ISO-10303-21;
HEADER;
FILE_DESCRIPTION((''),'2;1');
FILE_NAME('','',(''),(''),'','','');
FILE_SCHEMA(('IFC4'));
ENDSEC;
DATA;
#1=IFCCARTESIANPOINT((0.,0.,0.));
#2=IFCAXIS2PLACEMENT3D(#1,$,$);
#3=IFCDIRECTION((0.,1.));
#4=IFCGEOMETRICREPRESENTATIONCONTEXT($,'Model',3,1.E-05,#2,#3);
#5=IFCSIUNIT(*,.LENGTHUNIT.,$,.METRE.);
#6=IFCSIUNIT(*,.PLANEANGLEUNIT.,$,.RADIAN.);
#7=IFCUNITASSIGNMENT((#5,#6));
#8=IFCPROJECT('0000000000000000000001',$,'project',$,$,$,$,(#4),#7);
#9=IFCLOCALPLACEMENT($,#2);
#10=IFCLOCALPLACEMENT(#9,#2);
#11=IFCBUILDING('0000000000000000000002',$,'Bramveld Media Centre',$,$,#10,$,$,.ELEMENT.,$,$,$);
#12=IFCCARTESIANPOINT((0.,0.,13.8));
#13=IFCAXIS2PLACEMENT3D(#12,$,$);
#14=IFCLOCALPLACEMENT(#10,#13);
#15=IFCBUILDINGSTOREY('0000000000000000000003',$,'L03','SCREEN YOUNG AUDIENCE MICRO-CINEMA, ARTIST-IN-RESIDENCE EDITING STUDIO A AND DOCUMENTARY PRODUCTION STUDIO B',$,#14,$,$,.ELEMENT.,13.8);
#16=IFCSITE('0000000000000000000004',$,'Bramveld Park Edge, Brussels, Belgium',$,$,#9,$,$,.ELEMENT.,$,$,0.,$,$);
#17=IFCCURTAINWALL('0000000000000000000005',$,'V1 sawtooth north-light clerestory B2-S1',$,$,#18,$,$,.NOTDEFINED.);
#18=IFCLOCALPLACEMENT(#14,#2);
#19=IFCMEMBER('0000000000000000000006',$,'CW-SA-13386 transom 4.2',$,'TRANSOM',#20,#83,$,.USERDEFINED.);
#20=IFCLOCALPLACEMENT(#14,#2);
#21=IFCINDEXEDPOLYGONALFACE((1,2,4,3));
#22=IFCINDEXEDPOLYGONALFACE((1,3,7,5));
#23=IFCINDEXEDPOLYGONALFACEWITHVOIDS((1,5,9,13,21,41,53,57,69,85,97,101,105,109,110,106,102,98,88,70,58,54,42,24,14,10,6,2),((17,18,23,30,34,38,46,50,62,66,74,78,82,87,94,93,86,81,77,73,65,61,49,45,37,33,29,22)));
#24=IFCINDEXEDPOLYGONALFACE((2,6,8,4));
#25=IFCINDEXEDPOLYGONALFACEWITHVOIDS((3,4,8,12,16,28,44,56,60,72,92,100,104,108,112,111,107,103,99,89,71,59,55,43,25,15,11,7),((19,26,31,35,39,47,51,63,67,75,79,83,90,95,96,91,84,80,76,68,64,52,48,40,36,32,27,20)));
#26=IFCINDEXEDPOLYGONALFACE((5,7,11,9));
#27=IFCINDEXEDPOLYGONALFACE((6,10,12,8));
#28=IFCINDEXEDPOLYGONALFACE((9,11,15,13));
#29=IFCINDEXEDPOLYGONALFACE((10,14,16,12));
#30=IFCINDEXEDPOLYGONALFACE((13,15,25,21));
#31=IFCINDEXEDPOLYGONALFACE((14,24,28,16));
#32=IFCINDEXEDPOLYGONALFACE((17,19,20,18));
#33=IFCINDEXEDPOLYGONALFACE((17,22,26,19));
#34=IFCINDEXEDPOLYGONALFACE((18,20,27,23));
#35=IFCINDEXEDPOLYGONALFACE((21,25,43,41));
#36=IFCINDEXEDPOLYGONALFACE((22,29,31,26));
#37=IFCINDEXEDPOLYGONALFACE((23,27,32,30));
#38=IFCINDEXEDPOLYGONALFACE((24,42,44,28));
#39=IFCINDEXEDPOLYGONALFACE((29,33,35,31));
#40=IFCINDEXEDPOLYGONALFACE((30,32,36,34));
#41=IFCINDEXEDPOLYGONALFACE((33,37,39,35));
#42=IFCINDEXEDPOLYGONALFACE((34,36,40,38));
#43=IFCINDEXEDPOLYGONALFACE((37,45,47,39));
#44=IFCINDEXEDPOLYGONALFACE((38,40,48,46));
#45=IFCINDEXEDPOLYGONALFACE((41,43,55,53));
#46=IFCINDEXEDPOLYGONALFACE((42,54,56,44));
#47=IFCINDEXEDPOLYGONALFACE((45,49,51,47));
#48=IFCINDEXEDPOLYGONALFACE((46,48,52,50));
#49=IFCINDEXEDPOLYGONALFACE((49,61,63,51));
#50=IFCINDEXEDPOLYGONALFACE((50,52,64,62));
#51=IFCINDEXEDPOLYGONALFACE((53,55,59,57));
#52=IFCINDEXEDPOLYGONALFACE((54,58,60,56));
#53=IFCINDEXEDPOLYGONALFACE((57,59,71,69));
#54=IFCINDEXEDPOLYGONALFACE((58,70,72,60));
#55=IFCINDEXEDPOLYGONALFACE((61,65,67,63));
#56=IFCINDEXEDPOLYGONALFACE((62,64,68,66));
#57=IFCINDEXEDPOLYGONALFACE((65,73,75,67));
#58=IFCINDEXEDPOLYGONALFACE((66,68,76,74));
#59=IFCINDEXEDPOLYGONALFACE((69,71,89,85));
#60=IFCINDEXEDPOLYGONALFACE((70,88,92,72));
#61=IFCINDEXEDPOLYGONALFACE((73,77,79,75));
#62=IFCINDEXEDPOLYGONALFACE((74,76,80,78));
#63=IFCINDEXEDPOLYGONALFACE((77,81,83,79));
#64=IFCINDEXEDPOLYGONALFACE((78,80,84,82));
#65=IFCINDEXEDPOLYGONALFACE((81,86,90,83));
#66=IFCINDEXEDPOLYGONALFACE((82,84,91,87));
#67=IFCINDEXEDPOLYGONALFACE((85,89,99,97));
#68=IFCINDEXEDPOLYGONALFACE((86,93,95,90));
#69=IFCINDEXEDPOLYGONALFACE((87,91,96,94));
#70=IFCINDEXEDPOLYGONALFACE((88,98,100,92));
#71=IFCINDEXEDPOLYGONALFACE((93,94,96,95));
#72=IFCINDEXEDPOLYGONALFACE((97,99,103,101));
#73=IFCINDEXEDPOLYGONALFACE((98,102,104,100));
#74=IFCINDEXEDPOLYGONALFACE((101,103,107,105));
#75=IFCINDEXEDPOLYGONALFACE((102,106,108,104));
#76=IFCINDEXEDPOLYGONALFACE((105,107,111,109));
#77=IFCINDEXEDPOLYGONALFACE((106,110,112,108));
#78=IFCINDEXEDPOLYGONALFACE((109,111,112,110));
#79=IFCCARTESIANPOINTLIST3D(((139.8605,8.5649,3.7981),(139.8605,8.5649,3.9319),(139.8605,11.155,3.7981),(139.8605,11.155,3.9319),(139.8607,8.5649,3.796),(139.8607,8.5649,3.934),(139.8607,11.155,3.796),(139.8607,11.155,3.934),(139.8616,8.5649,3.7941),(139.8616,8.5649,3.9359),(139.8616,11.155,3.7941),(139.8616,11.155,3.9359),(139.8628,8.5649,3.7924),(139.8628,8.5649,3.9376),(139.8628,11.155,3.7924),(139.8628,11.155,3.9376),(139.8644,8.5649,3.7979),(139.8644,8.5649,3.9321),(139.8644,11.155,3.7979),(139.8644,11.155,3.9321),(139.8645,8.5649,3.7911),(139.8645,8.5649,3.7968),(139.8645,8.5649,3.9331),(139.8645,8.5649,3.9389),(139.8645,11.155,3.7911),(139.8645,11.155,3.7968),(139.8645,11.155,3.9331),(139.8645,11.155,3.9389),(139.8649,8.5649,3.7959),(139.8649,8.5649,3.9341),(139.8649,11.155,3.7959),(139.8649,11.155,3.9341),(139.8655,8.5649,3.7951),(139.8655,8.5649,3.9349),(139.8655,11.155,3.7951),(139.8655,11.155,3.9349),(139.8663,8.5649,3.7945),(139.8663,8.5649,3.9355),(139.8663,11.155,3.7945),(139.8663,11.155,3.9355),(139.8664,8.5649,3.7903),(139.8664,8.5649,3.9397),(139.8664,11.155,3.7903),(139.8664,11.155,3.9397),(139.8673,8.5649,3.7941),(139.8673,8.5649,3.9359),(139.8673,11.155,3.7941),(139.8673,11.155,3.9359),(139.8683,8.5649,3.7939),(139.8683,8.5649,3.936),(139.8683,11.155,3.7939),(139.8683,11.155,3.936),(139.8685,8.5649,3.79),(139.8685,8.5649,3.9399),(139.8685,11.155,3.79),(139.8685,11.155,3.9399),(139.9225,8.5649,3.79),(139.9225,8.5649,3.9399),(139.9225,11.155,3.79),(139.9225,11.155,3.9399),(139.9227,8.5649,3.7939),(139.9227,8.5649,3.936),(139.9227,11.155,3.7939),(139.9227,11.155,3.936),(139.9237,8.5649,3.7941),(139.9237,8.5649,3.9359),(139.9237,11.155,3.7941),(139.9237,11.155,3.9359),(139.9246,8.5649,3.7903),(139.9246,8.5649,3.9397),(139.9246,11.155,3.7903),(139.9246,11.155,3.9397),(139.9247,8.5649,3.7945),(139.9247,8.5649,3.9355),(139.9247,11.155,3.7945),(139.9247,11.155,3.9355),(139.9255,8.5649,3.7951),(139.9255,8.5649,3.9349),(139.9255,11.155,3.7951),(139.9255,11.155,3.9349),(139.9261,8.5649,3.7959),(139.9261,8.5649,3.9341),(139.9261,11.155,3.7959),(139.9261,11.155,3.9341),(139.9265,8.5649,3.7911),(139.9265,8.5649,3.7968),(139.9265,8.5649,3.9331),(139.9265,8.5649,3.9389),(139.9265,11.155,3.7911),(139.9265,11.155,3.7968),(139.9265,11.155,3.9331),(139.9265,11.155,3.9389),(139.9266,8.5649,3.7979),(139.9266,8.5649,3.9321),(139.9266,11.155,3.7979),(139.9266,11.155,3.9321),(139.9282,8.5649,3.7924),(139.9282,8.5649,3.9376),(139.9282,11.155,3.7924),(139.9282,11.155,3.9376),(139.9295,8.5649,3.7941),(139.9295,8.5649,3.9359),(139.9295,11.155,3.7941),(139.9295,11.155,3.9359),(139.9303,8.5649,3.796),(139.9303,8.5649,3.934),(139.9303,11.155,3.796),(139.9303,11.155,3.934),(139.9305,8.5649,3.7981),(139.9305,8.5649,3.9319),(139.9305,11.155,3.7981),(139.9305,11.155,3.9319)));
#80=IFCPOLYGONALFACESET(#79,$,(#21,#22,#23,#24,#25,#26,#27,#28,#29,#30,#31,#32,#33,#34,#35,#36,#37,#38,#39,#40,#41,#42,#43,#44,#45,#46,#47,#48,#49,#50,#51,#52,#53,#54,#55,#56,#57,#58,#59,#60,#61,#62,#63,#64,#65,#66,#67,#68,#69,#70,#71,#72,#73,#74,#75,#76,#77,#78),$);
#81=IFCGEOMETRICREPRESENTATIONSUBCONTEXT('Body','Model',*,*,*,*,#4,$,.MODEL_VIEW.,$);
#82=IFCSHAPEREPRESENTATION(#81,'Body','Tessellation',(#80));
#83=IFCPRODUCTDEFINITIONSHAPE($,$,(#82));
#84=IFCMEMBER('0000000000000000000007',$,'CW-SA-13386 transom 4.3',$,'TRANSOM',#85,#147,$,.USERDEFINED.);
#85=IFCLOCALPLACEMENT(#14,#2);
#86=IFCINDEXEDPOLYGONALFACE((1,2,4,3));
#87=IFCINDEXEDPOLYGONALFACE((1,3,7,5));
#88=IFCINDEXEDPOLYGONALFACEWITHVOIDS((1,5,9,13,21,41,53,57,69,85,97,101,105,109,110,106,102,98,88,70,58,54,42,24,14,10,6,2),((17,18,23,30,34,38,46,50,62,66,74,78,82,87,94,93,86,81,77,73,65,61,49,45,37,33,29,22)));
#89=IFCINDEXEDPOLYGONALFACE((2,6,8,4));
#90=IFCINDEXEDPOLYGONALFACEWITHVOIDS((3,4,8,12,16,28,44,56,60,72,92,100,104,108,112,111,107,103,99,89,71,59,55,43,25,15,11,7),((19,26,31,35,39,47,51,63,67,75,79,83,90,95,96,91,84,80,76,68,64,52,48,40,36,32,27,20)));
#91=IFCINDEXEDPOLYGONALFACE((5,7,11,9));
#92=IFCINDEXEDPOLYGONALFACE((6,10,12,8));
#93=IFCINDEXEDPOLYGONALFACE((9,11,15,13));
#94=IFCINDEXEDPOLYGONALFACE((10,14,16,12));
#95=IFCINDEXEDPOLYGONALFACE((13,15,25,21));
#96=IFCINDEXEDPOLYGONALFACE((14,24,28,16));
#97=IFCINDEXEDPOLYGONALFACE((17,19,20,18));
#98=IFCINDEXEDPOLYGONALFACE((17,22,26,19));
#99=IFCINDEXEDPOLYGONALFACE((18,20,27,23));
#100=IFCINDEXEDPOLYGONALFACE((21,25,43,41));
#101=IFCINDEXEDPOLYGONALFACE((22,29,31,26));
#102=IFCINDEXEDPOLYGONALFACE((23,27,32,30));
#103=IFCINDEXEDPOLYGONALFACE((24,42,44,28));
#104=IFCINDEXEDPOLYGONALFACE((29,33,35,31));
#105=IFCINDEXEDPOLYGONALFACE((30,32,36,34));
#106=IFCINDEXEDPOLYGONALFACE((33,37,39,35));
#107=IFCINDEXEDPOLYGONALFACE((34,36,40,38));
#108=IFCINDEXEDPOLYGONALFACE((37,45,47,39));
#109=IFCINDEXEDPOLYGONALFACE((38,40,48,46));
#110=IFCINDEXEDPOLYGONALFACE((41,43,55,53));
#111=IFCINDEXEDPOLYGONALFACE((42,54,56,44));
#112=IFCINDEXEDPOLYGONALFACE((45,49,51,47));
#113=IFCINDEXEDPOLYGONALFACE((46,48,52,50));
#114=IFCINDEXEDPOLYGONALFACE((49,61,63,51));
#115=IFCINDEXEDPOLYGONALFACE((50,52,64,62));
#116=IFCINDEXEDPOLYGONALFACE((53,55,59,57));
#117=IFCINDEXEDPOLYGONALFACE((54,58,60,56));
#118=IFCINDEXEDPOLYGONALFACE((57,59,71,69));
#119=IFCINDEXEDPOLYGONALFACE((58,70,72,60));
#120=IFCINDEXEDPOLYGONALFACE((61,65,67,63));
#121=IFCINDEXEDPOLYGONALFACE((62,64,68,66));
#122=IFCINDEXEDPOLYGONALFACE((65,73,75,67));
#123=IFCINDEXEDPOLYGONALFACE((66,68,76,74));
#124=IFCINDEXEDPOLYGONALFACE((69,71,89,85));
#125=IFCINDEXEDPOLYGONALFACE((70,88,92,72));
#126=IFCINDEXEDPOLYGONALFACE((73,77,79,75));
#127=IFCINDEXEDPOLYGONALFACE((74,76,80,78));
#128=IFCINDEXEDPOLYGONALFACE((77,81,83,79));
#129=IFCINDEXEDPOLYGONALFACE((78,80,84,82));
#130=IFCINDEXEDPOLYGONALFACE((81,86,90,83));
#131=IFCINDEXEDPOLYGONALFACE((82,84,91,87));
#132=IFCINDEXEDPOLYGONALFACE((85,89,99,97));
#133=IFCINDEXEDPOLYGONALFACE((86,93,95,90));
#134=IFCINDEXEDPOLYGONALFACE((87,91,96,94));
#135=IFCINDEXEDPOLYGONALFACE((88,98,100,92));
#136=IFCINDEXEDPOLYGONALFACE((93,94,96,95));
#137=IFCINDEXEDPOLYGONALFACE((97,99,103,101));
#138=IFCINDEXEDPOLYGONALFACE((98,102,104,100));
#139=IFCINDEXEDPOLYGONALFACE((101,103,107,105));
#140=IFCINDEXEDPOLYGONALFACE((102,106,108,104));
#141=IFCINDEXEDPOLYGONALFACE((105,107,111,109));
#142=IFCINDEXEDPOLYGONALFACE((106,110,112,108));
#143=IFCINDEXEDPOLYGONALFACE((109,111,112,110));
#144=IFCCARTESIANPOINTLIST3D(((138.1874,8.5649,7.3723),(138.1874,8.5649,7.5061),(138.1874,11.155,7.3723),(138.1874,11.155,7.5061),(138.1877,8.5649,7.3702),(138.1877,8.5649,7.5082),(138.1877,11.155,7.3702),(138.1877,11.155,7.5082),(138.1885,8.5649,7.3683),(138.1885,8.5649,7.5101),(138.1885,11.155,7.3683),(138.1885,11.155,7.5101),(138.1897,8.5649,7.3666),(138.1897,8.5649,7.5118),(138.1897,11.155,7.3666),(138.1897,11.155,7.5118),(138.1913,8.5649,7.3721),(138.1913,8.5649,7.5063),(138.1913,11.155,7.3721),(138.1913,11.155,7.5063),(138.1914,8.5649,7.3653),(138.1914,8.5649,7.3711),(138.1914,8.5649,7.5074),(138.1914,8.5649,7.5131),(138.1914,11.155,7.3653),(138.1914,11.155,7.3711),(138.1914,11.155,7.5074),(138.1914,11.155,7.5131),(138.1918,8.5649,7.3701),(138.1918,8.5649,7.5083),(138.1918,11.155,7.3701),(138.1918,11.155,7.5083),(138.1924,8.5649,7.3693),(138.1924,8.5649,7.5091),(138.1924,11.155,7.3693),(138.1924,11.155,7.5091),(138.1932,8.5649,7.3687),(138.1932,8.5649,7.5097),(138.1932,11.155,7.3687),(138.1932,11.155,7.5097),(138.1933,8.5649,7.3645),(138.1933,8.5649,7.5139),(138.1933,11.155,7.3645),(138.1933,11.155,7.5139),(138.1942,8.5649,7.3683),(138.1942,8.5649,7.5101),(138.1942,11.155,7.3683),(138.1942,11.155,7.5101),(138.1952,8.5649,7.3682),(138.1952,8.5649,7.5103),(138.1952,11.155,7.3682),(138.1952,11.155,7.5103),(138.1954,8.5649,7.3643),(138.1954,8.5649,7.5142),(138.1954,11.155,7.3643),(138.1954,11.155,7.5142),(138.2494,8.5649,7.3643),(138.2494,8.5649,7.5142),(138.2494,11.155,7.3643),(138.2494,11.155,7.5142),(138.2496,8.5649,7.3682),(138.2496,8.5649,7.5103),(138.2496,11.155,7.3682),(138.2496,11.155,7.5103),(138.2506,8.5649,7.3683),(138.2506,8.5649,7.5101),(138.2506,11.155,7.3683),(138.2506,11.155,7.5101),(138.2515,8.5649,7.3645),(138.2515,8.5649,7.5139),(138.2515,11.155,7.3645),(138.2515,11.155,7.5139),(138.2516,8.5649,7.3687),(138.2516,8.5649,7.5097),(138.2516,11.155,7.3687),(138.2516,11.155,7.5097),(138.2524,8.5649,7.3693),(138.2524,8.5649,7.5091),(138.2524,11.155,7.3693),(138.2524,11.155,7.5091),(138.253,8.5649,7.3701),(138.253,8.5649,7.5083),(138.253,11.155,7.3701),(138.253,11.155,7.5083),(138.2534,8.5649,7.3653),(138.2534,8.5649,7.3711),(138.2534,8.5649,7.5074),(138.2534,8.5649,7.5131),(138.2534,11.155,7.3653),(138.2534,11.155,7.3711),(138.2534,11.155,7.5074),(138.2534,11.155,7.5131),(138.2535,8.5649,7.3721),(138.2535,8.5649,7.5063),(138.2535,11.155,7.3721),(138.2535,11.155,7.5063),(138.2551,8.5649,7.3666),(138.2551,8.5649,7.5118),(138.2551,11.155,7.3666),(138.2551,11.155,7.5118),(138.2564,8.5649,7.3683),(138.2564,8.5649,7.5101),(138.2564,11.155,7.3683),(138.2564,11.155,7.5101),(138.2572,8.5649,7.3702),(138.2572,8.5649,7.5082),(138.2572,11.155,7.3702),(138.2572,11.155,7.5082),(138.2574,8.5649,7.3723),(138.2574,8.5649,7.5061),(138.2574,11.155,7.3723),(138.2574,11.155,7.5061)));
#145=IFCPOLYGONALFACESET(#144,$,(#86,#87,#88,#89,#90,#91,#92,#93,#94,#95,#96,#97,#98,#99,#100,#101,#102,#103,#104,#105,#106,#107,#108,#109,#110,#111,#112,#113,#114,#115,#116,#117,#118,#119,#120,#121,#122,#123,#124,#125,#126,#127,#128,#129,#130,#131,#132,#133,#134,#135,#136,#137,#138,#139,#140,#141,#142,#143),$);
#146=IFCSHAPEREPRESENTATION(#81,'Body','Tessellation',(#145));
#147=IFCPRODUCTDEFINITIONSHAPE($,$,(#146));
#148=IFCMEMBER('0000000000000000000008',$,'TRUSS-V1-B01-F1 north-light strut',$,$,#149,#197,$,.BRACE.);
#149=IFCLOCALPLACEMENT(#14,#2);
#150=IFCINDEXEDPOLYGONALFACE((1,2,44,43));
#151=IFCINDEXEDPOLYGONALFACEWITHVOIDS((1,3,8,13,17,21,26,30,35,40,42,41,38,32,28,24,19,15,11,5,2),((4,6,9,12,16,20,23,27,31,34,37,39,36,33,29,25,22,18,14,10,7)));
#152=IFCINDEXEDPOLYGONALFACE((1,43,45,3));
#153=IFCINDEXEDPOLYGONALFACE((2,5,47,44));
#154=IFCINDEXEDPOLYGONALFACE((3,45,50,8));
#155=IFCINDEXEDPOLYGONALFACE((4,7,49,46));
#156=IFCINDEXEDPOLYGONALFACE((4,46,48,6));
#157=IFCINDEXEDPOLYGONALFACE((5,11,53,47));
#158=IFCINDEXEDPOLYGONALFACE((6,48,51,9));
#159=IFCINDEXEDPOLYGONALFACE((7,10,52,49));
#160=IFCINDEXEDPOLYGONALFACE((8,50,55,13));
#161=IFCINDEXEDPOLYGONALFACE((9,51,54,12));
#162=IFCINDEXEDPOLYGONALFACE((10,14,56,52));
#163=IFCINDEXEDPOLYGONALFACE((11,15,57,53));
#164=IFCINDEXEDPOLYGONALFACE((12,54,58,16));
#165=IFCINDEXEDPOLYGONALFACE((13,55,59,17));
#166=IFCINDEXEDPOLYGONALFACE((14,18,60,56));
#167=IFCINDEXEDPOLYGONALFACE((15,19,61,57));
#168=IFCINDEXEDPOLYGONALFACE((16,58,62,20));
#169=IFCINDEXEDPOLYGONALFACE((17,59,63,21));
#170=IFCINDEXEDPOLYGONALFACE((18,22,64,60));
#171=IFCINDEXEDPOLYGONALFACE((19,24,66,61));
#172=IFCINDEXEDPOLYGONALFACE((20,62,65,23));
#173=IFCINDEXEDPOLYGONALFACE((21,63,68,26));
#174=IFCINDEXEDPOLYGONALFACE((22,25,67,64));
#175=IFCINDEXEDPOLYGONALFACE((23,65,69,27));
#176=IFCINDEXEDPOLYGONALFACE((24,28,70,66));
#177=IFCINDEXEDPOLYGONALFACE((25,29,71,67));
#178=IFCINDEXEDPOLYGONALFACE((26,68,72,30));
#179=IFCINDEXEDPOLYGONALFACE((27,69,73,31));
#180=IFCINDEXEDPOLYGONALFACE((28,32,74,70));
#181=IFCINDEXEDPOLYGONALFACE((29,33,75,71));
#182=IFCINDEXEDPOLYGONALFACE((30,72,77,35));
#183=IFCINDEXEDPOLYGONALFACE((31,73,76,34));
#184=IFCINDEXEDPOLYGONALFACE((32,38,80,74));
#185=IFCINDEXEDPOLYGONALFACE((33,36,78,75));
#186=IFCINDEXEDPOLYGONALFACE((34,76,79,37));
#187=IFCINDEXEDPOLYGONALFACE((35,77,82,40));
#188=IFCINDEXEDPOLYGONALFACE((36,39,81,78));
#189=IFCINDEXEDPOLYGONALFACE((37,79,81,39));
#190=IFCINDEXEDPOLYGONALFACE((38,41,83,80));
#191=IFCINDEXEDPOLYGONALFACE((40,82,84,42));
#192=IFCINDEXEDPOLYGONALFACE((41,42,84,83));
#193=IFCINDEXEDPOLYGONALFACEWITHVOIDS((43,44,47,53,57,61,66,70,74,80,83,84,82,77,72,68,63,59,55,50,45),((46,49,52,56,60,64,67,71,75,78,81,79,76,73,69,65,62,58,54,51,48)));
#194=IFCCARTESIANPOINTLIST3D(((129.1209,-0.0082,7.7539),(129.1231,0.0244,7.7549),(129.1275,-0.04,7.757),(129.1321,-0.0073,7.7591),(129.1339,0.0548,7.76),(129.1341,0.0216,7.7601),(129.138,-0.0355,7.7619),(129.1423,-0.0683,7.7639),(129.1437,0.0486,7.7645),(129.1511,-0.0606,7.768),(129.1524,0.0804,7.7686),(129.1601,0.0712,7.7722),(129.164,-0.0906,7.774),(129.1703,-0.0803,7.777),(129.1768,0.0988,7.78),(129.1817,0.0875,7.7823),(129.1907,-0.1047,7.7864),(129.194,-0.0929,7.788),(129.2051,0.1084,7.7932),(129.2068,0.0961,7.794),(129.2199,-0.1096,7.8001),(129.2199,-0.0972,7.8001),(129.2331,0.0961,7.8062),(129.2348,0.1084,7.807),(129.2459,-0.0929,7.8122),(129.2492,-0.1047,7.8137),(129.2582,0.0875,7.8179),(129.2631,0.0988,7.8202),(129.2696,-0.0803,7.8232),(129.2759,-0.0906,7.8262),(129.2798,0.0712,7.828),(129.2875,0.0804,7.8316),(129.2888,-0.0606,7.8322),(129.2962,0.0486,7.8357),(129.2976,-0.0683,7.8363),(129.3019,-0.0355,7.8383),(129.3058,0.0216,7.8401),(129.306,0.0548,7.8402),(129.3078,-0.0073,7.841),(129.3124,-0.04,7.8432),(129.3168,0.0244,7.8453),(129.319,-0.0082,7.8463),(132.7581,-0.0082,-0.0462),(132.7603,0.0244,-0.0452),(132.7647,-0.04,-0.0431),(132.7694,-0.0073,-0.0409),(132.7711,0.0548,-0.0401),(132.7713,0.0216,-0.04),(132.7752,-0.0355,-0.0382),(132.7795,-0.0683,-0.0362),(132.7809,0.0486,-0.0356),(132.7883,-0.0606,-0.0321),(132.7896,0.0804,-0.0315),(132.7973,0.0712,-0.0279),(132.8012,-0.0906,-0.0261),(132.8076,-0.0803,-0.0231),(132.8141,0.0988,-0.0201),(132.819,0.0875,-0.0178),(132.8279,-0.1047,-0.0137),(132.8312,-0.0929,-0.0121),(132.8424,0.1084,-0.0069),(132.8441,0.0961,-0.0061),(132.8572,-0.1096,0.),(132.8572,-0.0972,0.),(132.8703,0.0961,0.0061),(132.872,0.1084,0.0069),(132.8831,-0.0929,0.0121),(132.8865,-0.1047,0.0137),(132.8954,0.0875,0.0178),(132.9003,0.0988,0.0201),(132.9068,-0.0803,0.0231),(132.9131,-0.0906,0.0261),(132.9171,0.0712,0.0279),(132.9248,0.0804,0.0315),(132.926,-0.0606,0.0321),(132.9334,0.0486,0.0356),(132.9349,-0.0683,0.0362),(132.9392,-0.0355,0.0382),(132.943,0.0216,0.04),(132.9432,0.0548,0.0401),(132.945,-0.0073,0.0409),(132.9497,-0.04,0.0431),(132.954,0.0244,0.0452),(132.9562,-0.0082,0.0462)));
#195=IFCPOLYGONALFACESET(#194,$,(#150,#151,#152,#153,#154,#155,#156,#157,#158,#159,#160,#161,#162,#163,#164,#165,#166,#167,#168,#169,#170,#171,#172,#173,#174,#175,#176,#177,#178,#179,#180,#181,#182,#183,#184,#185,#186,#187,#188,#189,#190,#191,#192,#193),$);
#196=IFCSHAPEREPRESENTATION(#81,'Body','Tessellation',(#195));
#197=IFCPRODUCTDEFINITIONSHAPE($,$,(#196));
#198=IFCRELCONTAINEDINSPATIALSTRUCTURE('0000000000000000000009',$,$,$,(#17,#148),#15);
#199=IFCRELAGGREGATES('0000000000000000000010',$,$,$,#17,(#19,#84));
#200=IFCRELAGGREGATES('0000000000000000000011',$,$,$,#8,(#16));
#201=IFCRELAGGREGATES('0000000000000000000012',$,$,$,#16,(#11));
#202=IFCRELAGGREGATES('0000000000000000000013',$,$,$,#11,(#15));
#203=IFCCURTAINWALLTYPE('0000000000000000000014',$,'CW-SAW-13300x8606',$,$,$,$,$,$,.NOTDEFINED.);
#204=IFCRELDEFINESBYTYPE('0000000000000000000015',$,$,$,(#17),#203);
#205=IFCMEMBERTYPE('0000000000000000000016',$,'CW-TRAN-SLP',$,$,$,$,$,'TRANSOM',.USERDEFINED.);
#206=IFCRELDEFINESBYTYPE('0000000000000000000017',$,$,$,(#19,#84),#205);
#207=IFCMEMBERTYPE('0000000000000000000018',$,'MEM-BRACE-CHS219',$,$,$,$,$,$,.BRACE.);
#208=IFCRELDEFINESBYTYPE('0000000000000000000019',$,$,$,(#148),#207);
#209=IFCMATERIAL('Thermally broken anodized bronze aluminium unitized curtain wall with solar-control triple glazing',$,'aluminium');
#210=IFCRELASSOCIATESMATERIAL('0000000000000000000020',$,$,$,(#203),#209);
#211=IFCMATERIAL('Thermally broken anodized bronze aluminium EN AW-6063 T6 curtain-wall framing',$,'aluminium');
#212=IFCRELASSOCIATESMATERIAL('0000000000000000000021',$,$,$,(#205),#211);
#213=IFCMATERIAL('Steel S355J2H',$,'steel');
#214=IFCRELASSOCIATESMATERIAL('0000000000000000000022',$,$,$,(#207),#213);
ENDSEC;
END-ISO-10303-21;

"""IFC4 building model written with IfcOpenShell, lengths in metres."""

from ifc_helpers import new_model, si_unit, direction, frame, origin, origin_2d, place, context, subcontext, project, spatial, hollow_rectangle, hollow_circle, extrude, material, material_profile, profile_set, type_object, element, aggregate, save


model = new_model("IFC4")

# Units and contexts
model_context = context("Model", 3, precision=1e-05, world=origin(), true_north=direction((0.0, 1.0)))
body_context = subcontext(model_context, "Body", "Model", "MODEL_VIEW")
ifc_project = project(units=[si_unit("LENGTHUNIT", "METRE"), si_unit("PLANEANGLEUNIT", "RADIAN")], contexts=[model_context])

# Site, building, storey
site_placement = place(None, origin())
site = spatial("IfcSite", under=ifc_project, at=site_placement, Name="Bramveld Park Edge, Brussels, Belgium", CompositionType="ELEMENT", RefElevation=0.0)
building_placement = place(site_placement, origin())
building = spatial("IfcBuilding", under=site, at=building_placement, Name="Bramveld Media Centre", CompositionType="ELEMENT")
storey_placement = place(building_placement, frame((0.0, 0.0, 13.8)))
storey = spatial("IfcBuildingStorey", under=building, at=storey_placement, Name="L03", Description="SCREEN YOUNG AUDIENCE MICRO-CINEMA, ARTIST-IN-RESIDENCE EDITING STUDIO A AND DOCUMENTARY PRODUCTION STUDIO B", CompositionType="ELEMENT", Elevation=13.8)

# Curtain wall, members
ifc_material_1 = material(Name="Thermally broken anodized bronze aluminium unitized curtain wall with solar-control triple glazing", Category="aluminium")
curtain_wall_type = type_object("IfcCurtainWallType", Name="CW-SAW-13300x8606", PredefinedType="NOTDEFINED", material=ifc_material_1)
curtain_wall_1_placement = place(storey_placement, origin())
curtain_wall_1 = element("IfcCurtainWall", 1, at=curtain_wall_1_placement, inside=storey, type_object=curtain_wall_type, Name="V1 sawtooth north-light clerestory B2-S1", PredefinedType="NOTDEFINED")
ifc_material_2 = material(Name="Thermally broken anodized bronze aluminium EN AW-6063 T6 curtain-wall framing", Category="aluminium")
ifc_material_profile_1 = material_profile(ifc_material_2, hollow_rectangle(XDim=0.0701, YDim=0.1499, WallThickness=0.0039, InnerFilletRadius=0.0039, OuterFilletRadius=0.0081, at=origin_2d()), Name="AL-TRAN 70x150")
ifc_profile_set_1 = profile_set([ifc_material_profile_1], Name="Thermally broken anodized bronze aluminium EN AW-6063 T6 curtain-wall framing")
member_type_1 = type_object("IfcMemberType", Name="CW-TRAN-SLP", ElementType="TRANSOM", PredefinedType="USERDEFINED", material=ifc_profile_set_1)
member_1_placement = place(storey_placement, frame((139.8955, 8.5649, 3.865), z_axis=(0.0, 1.0, 0.0), x_axis=(-1.0, 0.0, 0.0)))
member_1 = element("IfcMember", 2, at=member_1_placement, type_object=member_type_1, Name="CW-SA-13386 transom 4.2", ObjectType="TRANSOM", PredefinedType="USERDEFINED", context=body_context, shape_type="SweptSolid", body=[
    extrude(hollow_rectangle(XDim=0.0701, YDim=0.1499, WallThickness=0.0039, InnerFilletRadius=0.0039, OuterFilletRadius=0.0081, at=origin_2d()), origin(), (0.0, 0.0, 1.0), 2.5901),
])
member_2_placement = place(storey_placement, frame((138.2224, 8.5649, 7.4392), z_axis=(0.0, 1.0, 0.0), x_axis=(-1.0, 0.0, 0.0)))
member_2 = element("IfcMember", 3, at=member_2_placement, type_object=member_type_1, Name="CW-SA-13386 transom 4.3", ObjectType="TRANSOM", PredefinedType="USERDEFINED", context=body_context, shape_type="SweptSolid", body=[
    extrude(hollow_rectangle(XDim=0.0701, YDim=0.1499, WallThickness=0.0039, InnerFilletRadius=0.0039, OuterFilletRadius=0.0081, at=origin_2d()), origin(), (0.0, 0.0, 1.0), 2.5901),
])

# Member
ifc_material_3 = material(Name="Steel S355J2H", Category="steel")
ifc_material_profile_2 = material_profile(ifc_material_3, hollow_circle(Radius=0.1096, WallThickness=0.0125, at=origin_2d()), Name="CHS 219.1x12.5")
ifc_profile_set_2 = profile_set([ifc_material_profile_2], Name="Steel S355J2H")
member_type_2 = type_object("IfcMemberType", Name="MEM-BRACE-CHS219", PredefinedType="BRACE", material=ifc_profile_set_2)
for number, where, z_axis, x_axis, name in (
    (4, (132.8572, 0.0, 0.0), (-0.422617, 0.0, 0.906308), (0.0, -1.0, 0.0), "TRUSS-V1-B01-F1 north-light strut"),
):
    element("IfcMember", number, at=place(storey_placement, frame(where, z_axis=z_axis, x_axis=x_axis)), inside=storey, type_object=member_type_2, Name=name, PredefinedType="BRACE", context=body_context, shape_type="SweptSolid", body=[
        extrude(hollow_circle(Radius=0.1096, WallThickness=0.0125, at=origin_2d()), origin(), (0.0, 0.0, 1.0), 8.6064),
    ])

aggregate(curtain_wall_1, [member_1, member_2])

save(model, "model.ifc")
